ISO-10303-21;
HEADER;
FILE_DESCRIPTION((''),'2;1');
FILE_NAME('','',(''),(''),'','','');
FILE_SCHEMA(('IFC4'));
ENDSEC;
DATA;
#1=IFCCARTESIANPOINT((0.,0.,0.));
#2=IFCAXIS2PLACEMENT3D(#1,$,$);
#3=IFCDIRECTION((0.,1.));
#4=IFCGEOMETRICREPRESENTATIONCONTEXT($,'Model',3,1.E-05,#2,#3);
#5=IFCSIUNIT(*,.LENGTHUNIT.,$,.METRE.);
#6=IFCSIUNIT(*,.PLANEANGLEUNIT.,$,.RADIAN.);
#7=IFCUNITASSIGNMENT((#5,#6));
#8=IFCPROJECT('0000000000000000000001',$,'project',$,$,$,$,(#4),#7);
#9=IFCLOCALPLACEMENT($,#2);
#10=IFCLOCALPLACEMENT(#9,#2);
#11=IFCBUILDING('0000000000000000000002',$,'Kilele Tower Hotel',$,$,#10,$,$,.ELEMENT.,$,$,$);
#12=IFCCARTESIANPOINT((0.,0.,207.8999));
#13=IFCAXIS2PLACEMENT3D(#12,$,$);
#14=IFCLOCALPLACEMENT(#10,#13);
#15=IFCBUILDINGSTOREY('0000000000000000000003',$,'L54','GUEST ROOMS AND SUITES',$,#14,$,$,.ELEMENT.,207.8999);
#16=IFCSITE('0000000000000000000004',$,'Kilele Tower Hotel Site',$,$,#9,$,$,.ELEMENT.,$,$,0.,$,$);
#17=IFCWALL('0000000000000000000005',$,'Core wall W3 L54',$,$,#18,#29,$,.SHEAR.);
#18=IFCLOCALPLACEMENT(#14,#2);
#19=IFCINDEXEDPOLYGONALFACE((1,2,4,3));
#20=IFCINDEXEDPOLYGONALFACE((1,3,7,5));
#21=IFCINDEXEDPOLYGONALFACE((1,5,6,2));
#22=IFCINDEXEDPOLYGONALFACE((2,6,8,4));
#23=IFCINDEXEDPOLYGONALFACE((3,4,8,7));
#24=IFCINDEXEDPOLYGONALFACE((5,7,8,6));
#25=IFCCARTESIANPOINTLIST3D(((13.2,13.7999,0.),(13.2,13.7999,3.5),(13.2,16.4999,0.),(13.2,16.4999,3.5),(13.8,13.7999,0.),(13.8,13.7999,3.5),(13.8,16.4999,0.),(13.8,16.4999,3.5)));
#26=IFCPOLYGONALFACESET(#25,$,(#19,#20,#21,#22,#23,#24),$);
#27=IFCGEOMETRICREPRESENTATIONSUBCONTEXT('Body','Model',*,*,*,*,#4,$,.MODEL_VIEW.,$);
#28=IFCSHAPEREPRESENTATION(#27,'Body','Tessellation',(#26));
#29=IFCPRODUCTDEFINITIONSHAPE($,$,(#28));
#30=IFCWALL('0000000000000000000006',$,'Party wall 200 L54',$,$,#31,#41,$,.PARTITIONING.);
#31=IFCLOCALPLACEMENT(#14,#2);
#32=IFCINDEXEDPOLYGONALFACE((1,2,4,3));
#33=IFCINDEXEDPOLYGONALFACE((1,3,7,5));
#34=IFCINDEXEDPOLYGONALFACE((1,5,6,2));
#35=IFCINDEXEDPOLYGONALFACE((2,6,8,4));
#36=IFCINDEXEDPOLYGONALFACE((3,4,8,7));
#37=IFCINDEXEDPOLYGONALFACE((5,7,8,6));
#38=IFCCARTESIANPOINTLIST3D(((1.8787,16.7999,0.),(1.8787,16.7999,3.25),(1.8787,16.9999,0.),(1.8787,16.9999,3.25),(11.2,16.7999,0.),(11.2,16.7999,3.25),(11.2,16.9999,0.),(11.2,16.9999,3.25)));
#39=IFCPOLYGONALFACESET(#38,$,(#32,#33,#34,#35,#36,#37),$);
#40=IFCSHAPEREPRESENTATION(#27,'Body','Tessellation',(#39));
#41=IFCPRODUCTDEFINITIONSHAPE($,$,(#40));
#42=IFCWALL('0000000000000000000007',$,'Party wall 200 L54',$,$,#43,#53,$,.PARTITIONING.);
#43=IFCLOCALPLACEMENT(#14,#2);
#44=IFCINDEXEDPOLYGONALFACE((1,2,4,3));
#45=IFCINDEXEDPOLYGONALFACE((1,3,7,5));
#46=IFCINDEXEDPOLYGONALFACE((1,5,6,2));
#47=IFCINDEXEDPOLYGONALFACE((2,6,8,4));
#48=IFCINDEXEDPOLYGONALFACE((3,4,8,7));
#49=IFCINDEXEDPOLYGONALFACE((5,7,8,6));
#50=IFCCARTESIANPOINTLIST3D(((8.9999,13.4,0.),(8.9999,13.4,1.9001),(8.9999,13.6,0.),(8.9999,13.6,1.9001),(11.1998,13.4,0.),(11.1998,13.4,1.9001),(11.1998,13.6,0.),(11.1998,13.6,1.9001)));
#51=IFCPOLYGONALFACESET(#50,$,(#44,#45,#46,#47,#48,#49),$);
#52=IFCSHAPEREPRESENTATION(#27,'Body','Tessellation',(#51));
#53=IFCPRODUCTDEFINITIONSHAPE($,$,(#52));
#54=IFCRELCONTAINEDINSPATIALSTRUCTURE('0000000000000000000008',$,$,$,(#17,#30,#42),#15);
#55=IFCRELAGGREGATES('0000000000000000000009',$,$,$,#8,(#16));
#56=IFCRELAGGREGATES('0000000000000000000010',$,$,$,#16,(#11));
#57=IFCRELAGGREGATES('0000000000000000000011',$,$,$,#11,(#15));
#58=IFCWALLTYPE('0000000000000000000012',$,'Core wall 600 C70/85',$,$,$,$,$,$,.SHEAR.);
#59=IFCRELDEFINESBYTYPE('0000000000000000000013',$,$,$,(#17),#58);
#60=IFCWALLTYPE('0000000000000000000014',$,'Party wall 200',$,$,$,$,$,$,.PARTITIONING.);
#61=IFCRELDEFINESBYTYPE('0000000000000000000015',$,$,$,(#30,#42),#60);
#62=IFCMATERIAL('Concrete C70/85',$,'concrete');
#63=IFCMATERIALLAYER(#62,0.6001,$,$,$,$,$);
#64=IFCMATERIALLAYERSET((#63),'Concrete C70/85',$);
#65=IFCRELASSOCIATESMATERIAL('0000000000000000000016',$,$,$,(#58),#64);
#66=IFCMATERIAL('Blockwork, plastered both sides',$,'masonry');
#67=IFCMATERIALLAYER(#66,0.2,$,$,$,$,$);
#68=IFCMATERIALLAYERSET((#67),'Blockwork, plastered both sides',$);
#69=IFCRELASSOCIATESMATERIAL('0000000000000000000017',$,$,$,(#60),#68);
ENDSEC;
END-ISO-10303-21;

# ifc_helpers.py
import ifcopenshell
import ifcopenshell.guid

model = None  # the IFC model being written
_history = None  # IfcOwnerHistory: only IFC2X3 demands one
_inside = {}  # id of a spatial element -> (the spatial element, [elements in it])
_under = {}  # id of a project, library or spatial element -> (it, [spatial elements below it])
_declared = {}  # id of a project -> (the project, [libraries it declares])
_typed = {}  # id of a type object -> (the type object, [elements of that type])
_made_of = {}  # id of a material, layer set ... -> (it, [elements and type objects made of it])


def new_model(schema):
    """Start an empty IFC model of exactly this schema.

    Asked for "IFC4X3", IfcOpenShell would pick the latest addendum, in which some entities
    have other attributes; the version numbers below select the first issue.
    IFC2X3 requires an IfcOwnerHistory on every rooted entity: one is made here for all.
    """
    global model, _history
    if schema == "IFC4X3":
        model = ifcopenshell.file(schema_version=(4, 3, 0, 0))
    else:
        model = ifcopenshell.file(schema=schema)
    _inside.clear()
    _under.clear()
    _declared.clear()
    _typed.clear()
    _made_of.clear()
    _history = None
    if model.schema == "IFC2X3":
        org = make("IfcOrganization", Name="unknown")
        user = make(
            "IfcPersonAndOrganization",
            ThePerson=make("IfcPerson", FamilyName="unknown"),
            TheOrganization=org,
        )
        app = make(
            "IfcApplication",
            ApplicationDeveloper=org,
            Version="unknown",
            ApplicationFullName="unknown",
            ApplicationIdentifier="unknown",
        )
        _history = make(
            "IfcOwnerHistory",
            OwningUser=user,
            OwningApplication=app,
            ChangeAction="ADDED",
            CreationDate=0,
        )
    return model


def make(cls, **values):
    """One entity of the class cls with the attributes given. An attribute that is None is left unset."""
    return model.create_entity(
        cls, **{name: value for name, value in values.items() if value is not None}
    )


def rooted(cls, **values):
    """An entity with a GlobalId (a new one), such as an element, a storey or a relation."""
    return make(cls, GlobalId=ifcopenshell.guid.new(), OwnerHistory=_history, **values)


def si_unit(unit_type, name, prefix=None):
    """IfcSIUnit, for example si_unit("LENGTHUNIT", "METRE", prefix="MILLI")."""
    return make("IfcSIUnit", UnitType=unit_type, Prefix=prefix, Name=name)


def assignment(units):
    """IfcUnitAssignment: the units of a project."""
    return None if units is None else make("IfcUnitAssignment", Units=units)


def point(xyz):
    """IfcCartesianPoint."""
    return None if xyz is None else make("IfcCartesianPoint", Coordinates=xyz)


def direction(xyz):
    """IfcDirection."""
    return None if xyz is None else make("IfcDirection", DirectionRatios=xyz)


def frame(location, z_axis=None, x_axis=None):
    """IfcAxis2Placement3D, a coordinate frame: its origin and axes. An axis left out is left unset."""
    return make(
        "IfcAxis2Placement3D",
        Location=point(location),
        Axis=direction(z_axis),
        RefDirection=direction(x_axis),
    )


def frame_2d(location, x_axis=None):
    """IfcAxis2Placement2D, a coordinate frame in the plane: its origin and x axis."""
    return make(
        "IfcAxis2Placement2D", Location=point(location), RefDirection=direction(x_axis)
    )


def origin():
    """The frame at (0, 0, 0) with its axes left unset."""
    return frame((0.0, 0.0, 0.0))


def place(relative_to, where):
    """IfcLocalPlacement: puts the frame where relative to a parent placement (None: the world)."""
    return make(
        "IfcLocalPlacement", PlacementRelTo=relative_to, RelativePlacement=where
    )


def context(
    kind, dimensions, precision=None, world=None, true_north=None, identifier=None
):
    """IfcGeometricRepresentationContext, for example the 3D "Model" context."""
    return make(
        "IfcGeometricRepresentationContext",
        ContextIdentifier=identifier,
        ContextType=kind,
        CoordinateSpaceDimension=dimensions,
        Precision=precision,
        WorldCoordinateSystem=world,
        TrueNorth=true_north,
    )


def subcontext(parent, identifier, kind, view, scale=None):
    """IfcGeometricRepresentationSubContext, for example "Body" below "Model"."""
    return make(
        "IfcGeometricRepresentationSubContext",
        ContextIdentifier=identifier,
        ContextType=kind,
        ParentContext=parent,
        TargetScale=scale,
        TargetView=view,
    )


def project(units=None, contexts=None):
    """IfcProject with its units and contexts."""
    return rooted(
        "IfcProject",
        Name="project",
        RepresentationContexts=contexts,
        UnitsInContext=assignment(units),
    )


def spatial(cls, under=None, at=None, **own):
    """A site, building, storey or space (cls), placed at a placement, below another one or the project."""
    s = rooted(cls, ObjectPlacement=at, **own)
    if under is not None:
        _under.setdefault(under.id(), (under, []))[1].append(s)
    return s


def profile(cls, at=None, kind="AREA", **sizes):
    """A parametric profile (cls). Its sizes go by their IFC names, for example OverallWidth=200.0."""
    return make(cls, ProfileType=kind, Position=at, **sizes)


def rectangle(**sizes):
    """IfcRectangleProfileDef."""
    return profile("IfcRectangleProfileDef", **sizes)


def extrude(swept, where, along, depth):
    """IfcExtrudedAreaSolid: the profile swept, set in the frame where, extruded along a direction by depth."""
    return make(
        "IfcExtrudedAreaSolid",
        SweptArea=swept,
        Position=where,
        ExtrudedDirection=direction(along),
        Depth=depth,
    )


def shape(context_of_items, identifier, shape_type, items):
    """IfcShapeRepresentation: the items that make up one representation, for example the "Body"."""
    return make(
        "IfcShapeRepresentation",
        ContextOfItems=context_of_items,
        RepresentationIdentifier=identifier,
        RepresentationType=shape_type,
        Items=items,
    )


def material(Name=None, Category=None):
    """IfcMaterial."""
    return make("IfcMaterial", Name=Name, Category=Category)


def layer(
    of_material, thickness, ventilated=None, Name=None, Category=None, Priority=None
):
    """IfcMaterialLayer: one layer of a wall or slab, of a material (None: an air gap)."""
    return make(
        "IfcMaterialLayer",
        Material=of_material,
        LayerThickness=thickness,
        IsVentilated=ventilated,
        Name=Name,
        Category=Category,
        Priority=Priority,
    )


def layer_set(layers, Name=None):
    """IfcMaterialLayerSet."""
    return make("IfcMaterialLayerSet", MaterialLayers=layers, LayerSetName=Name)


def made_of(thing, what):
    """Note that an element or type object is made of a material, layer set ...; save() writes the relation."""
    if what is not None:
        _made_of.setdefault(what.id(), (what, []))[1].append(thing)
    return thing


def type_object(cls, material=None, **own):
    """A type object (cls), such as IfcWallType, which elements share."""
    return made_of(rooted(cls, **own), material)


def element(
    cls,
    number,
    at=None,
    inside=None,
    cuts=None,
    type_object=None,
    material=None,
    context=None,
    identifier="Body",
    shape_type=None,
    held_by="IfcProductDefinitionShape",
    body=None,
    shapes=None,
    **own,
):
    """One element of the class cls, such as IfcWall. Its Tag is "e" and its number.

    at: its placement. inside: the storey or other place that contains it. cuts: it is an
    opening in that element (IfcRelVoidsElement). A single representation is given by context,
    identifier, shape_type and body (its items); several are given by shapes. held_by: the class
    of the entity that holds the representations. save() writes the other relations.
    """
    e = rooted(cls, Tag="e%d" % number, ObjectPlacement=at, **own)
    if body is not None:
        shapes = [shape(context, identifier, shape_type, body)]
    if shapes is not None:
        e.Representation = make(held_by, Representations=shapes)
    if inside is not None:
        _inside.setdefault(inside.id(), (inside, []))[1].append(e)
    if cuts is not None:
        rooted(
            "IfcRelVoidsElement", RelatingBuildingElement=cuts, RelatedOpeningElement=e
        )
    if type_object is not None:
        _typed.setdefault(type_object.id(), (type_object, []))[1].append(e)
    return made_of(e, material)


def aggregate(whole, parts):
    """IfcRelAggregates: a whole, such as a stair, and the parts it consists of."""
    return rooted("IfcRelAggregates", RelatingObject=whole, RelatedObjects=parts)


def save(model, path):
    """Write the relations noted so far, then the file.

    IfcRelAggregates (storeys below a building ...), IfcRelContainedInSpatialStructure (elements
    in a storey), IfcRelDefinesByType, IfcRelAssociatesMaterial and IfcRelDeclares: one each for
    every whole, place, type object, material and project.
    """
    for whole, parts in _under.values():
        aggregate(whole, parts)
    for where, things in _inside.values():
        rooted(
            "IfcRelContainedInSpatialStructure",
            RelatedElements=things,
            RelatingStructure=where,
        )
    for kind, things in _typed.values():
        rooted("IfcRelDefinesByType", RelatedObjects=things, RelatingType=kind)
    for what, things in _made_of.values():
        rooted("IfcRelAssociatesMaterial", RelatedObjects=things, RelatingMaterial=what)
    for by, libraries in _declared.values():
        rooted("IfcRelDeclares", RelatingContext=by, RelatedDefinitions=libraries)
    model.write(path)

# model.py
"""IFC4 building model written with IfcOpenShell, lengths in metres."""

from ifc_helpers import new_model, si_unit, direction, frame, frame_2d, origin, place, context, subcontext, project, spatial, rectangle, extrude, material, layer, layer_set, type_object, element, save


model = new_model("IFC4")

# Units and contexts
model_context = context("Model", 3, precision=1e-05, world=origin(), true_north=direction((0.0, 1.0)))
body_context = subcontext(model_context, "Body", "Model", "MODEL_VIEW")
ifc_project = project(units=[si_unit("LENGTHUNIT", "METRE"), si_unit("PLANEANGLEUNIT", "RADIAN")], contexts=[model_context])

# Site, building, storey
site_placement = place(None, origin())
site = spatial("IfcSite", under=ifc_project, at=site_placement, Name="Kilele Tower Hotel Site", CompositionType="ELEMENT", RefElevation=0.0)
building_placement = place(site_placement, origin())
building = spatial("IfcBuilding", under=site, at=building_placement, Name="Kilele Tower Hotel", CompositionType="ELEMENT")
storey_placement = place(building_placement, frame((0.0, 0.0, 207.8999)))
storey = spatial("IfcBuildingStorey", under=building, at=storey_placement, Name="L54", Description="GUEST ROOMS AND SUITES", CompositionType="ELEMENT", Elevation=207.8999)

# Shared definitions
ifc_material_1 = material(Name="Concrete C70/85", Category="concrete")
ifc_layer_1 = layer(ifc_material_1, 0.6001)
ifc_layer_set_1 = layer_set([ifc_layer_1], Name="Concrete C70/85")
wall_type_1 = type_object("IfcWallType", Name="Core wall 600 C70/85", PredefinedType="SHEAR", material=ifc_layer_set_1)

# Walls
wall_1_placement = place(storey_placement, frame((13.5, 16.5, 0.0), z_axis=(0.0, 0.0, 1.0), x_axis=(0.0, -1.0, 0.0)))
element("IfcWall", 1, at=wall_1_placement, inside=storey, type_object=wall_type_1, Name="Core wall W3 L54", PredefinedType="SHEAR", context=body_context, shape_type="SweptSolid", body=[
    extrude(rectangle(XDim=2.7, YDim=0.6001, at=frame_2d((1.3501, 0.0))), origin(), (0.0, 0.0, 1.0), 3.5),
])
ifc_material_2 = material(Name="Blockwork, plastered both sides", Category="masonry")
ifc_layer_2 = layer(ifc_material_2, 0.2)
ifc_layer_set_2 = layer_set([ifc_layer_2], Name="Blockwork, plastered both sides")
wall_type_2 = type_object("IfcWallType", Name="Party wall 200", PredefinedType="PARTITIONING", material=ifc_layer_set_2)
wall_2_placement = place(storey_placement, frame((11.2, 16.8999, 0.0), z_axis=(0.0, 0.0, 1.0), x_axis=(-1.0, 0.0, 0.0)))
element("IfcWall", 2, at=wall_2_placement, inside=storey, type_object=wall_type_2, Name="Party wall 200 L54", PredefinedType="PARTITIONING", context=body_context, shape_type="SweptSolid", body=[
    extrude(rectangle(XDim=9.3213, YDim=0.2, at=frame_2d((4.6606, 0.0))), origin(), (0.0, 0.0, 1.0), 3.25),
])
wall_3_placement = place(storey_placement, frame((11.2, 13.5, 0.0), z_axis=(0.0, 0.0, 1.0), x_axis=(-1.0, 0.0, 0.0)))
element("IfcWall", 3, at=wall_3_placement, inside=storey, type_object=wall_type_2, Name="Party wall 200 L54", PredefinedType="PARTITIONING", context=body_context, shape_type="SweptSolid", body=[
    extrude(rectangle(XDim=2.2, YDim=0.2, at=frame_2d((1.1001, 0.0))), origin(), (0.0, 0.0, 1.0), 1.9001),
])

save(model, "model.ifc")
